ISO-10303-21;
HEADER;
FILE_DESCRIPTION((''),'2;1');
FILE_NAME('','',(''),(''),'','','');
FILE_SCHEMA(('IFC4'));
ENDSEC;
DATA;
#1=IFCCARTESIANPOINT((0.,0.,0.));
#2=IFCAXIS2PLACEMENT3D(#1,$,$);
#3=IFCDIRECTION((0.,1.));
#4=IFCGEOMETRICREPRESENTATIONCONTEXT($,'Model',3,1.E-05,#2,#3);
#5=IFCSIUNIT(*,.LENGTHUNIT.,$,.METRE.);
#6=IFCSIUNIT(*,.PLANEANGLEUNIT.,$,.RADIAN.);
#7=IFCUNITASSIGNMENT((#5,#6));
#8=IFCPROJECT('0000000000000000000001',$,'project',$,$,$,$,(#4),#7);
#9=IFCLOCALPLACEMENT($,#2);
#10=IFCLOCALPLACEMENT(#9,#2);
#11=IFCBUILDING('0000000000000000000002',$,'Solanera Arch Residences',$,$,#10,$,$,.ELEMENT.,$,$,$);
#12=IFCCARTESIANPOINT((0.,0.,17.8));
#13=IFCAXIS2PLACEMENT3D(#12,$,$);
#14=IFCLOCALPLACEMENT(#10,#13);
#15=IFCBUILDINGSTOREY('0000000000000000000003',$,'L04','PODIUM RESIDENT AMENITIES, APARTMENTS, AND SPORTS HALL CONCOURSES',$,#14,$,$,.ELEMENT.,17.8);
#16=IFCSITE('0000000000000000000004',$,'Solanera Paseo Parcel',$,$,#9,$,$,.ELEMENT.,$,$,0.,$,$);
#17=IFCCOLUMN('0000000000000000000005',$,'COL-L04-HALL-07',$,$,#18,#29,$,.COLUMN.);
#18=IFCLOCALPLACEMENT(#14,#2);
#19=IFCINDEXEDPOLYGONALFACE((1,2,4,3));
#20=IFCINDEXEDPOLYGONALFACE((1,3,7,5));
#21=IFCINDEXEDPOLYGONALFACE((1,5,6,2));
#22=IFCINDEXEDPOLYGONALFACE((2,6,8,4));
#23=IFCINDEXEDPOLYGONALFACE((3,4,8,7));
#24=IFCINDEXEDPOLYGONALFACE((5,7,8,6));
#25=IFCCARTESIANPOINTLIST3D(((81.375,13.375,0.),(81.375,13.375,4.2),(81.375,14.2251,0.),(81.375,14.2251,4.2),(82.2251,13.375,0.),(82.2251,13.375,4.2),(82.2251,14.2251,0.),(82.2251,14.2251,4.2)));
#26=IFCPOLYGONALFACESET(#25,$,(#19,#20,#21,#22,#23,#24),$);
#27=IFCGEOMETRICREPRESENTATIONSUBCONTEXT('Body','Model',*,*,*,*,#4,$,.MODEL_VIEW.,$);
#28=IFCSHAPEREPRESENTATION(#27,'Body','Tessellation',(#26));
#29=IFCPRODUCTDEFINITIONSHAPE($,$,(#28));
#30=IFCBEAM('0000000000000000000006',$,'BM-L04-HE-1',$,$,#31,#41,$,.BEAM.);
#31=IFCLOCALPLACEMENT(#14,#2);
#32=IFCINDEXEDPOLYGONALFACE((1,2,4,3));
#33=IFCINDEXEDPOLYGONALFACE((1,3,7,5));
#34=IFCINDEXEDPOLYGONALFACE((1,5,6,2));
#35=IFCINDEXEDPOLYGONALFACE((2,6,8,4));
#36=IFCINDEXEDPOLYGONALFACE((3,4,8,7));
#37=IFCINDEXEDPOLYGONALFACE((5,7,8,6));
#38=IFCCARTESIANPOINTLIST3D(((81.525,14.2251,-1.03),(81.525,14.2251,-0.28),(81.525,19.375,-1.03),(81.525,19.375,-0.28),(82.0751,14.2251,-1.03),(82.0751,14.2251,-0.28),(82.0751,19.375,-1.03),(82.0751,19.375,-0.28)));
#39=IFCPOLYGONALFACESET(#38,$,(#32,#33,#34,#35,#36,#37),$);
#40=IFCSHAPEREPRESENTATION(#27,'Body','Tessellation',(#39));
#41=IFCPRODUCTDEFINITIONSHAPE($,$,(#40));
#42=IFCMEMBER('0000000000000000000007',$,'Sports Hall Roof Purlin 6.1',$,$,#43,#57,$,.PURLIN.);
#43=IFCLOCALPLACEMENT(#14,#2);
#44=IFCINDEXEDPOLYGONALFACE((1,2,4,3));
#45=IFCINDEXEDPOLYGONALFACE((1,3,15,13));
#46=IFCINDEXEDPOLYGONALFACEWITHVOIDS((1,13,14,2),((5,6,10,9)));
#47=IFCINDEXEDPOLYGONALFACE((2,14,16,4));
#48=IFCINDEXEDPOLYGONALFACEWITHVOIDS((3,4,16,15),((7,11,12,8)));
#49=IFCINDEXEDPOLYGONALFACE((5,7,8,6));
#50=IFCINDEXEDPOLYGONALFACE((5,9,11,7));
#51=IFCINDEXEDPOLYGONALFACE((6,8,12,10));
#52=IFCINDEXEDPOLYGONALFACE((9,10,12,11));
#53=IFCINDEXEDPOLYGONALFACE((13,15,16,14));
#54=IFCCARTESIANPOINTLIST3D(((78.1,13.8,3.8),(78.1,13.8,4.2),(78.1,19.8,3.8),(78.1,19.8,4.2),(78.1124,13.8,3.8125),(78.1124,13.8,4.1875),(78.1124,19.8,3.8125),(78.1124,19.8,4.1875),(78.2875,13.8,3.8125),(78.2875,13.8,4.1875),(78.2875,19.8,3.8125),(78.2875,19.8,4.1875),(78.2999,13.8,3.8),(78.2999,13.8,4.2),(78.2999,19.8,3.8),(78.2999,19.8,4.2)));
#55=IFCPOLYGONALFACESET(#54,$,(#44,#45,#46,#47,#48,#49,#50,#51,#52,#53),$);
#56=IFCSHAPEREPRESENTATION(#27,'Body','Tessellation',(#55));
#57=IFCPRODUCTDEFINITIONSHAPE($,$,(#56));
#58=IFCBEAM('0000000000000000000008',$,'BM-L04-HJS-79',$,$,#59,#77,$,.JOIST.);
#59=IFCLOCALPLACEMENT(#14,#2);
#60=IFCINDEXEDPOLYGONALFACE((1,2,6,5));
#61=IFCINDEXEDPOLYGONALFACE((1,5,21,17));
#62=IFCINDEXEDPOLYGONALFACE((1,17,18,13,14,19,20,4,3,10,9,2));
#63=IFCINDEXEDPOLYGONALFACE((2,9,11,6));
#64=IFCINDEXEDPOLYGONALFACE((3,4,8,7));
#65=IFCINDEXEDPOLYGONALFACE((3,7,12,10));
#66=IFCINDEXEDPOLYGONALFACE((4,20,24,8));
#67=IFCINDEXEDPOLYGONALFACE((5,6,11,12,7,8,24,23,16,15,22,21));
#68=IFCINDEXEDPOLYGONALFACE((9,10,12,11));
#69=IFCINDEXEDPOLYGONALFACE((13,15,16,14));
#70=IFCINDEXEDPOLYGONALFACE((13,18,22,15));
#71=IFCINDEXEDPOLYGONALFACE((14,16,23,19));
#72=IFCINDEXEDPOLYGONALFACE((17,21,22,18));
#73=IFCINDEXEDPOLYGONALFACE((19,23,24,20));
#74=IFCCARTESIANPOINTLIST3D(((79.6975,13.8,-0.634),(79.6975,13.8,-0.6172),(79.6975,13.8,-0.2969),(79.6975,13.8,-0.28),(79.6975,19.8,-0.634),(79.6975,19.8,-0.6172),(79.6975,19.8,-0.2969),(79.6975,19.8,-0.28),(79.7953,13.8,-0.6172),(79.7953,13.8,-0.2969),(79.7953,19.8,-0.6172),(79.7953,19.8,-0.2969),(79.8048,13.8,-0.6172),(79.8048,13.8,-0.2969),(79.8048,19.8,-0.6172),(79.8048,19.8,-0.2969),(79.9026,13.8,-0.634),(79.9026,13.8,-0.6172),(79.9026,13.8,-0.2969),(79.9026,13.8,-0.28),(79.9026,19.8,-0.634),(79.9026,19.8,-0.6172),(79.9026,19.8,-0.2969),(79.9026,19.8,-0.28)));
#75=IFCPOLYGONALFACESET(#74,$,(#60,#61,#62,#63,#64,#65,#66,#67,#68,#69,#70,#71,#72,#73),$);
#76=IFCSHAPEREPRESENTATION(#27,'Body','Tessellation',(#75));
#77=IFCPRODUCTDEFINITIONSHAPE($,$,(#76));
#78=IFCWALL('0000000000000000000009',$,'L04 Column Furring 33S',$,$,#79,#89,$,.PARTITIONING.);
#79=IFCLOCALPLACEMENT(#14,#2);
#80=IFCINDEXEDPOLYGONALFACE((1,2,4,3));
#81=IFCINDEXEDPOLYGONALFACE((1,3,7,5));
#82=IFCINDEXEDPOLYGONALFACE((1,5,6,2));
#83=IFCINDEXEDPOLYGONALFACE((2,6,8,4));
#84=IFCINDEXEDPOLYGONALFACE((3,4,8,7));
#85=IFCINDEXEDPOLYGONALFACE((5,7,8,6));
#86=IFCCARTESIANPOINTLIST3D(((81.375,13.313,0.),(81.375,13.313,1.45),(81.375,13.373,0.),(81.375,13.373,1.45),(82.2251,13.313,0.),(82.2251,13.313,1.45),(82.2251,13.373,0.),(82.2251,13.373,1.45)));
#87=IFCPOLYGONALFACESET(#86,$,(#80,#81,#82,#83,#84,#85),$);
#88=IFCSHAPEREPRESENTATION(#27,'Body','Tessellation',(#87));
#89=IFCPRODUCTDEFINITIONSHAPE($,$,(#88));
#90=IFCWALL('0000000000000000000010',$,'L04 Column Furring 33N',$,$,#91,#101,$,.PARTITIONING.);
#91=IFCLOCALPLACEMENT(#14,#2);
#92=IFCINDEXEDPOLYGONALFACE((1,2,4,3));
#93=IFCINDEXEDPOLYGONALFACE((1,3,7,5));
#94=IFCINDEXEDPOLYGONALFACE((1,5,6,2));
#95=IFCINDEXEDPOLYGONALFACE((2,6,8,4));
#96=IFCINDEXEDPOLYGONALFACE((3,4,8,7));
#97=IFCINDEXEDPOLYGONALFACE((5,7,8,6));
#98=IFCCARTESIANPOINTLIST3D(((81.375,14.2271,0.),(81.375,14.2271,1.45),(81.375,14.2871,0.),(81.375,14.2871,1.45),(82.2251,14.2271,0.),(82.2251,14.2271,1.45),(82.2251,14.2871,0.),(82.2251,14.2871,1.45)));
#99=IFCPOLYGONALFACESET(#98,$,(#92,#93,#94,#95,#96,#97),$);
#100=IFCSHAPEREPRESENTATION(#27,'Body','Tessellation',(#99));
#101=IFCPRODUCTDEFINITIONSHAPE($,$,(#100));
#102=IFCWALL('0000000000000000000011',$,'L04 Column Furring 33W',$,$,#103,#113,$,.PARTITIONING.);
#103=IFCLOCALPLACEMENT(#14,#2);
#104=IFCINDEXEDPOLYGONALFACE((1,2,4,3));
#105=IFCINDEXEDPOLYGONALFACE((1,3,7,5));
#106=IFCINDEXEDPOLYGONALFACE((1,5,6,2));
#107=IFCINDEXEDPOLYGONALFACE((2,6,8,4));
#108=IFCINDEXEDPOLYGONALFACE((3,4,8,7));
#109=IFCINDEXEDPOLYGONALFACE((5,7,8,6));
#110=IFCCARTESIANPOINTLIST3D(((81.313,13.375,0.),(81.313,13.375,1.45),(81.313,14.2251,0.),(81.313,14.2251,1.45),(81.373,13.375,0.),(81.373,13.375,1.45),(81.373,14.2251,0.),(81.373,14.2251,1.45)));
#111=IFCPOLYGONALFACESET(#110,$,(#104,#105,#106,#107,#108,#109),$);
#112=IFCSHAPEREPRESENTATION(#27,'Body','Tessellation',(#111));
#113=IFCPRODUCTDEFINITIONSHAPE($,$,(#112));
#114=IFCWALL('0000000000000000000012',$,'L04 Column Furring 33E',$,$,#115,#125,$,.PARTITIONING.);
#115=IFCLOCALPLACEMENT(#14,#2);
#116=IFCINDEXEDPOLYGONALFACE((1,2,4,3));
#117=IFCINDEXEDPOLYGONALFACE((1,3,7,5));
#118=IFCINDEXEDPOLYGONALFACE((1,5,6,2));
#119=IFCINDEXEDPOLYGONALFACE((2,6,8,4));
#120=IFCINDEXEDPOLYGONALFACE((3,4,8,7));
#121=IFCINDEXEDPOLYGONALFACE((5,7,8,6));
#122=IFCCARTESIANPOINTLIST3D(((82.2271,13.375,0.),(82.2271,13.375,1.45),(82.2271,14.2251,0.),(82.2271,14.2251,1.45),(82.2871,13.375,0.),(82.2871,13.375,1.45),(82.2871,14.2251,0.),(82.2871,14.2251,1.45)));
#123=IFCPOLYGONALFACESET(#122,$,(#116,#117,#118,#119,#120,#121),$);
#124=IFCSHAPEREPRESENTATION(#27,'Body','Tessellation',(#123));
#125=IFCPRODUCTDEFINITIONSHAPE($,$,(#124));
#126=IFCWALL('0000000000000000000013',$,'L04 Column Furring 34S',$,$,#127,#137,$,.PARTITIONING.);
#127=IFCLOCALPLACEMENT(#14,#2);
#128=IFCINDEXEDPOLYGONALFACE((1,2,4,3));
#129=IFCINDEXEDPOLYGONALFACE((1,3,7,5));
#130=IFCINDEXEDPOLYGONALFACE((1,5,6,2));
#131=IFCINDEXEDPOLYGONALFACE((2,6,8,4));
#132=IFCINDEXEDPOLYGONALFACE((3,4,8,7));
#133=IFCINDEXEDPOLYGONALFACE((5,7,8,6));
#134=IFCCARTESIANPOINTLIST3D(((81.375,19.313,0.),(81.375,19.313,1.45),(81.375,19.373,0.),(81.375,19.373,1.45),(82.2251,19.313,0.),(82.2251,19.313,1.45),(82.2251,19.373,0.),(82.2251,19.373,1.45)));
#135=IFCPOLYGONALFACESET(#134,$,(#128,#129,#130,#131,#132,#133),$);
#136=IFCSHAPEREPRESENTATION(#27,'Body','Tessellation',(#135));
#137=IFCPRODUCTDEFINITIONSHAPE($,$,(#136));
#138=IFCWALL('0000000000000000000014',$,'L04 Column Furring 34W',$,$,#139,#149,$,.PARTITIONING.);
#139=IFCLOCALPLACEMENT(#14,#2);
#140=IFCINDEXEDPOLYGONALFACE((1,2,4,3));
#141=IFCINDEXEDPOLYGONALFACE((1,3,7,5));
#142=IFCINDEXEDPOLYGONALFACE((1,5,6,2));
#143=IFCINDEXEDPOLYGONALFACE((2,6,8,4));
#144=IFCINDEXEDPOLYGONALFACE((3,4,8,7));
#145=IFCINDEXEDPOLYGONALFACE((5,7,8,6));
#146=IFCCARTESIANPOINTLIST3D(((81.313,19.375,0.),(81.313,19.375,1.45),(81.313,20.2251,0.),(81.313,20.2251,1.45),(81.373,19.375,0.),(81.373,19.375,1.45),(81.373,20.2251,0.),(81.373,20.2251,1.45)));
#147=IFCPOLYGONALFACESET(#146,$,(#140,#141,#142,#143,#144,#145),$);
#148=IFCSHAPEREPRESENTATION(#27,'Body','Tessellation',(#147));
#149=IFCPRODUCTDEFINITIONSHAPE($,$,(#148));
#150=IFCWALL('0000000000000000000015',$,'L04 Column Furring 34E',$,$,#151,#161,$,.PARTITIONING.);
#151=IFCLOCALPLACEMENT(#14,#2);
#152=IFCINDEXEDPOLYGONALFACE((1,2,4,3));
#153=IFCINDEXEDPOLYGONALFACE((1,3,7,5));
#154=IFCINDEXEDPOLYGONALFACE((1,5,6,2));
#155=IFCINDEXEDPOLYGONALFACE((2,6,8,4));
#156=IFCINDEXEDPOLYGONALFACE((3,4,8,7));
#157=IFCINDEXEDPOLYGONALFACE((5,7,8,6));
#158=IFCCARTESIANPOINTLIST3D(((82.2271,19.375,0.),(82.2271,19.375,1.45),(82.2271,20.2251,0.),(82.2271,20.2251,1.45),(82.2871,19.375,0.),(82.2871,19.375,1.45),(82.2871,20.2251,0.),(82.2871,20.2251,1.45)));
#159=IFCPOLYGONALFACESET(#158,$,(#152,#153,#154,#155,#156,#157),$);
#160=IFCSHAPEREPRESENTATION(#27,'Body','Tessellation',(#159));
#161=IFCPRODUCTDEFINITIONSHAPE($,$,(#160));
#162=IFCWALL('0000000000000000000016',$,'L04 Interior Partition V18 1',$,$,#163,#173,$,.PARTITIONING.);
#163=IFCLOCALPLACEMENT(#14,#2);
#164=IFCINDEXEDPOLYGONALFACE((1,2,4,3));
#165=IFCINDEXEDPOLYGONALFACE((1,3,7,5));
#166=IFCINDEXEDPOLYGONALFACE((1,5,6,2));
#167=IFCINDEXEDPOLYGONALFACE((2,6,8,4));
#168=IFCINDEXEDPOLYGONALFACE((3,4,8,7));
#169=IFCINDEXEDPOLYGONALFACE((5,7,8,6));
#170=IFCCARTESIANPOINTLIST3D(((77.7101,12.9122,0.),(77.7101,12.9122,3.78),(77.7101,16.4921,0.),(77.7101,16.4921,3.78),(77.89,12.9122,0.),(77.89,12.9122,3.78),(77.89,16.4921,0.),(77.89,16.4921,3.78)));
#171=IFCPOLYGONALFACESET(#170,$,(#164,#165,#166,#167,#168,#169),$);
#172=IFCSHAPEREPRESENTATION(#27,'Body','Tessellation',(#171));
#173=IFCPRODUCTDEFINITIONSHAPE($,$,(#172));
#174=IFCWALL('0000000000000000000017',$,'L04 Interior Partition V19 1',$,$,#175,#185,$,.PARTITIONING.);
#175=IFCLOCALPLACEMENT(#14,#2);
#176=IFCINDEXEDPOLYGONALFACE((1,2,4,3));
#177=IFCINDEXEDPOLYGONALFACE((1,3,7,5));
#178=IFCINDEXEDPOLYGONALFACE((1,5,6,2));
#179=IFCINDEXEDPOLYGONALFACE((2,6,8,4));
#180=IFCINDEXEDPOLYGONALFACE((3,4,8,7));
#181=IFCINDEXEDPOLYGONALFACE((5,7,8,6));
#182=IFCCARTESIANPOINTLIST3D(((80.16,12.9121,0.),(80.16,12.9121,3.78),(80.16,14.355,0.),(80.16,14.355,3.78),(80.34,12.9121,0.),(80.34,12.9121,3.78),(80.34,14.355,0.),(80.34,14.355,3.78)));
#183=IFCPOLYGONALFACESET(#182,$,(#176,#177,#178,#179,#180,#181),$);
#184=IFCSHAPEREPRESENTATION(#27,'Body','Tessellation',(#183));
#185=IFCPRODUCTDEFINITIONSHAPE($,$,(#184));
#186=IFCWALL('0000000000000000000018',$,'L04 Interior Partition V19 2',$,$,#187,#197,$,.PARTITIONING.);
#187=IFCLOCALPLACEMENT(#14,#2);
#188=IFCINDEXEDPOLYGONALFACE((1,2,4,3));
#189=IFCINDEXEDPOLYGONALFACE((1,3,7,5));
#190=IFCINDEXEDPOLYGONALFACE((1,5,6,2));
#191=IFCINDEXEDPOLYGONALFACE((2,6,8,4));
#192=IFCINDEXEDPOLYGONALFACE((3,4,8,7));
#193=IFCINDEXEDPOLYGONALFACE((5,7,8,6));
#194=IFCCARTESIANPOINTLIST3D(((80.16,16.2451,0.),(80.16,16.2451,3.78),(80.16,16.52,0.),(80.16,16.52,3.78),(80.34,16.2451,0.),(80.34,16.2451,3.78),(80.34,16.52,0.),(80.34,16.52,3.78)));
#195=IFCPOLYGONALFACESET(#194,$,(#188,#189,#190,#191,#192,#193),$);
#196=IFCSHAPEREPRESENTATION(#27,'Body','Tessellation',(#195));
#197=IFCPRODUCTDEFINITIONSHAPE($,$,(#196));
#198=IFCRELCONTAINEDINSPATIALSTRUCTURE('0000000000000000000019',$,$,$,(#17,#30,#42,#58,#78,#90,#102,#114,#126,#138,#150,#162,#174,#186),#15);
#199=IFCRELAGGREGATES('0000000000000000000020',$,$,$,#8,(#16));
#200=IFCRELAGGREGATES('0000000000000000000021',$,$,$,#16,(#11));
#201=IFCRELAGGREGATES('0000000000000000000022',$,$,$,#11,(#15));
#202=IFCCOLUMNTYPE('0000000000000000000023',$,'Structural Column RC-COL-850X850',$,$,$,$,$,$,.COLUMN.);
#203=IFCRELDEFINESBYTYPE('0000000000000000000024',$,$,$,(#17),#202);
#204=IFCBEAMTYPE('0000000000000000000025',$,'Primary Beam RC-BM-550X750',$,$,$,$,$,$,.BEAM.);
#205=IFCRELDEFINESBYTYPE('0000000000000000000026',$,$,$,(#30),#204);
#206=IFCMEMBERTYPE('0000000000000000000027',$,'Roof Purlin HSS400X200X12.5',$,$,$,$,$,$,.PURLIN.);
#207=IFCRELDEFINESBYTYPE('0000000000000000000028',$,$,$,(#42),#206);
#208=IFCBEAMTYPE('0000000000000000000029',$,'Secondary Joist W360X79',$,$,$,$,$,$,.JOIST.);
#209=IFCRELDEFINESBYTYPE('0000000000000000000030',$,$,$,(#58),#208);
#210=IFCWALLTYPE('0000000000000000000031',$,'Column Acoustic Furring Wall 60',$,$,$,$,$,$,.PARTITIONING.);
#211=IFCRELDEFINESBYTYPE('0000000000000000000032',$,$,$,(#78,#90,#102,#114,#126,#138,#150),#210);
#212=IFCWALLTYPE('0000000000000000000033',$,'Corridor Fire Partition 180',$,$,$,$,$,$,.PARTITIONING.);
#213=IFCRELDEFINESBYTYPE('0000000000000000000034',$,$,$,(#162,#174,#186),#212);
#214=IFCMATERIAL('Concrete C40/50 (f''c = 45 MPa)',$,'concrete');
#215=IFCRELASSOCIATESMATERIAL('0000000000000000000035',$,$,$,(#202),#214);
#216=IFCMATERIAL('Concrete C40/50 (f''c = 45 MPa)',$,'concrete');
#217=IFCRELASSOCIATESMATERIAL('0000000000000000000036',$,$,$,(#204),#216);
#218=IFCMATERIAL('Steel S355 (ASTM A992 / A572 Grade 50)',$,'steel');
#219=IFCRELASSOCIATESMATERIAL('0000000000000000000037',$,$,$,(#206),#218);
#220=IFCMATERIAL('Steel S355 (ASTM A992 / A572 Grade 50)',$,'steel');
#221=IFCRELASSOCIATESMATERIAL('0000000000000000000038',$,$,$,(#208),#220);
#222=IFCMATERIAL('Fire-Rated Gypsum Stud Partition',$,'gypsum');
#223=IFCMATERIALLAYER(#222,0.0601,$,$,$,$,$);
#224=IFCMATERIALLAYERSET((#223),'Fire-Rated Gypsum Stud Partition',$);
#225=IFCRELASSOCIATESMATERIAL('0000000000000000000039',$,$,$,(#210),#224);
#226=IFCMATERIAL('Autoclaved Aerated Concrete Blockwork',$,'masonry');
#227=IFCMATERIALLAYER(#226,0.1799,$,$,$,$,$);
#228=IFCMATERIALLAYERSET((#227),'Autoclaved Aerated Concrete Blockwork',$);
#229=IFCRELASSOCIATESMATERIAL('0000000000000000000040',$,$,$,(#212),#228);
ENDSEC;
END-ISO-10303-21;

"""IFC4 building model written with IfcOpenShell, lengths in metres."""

from ifc_helpers import new_model, si_unit, direction, frame, frame_2d, origin, origin_2d, place, context, subcontext, project, spatial, rectangle, hollow_rectangle, i_section, extrude, material, layer, layer_set, material_profile, profile_set, type_object, element, save


model = new_model("IFC4")

# Units and contexts
model_context = context("Model", 3, precision=1e-05, world=origin(), true_north=direction((0.0, 1.0)))
body_context = subcontext(model_context, "Body", "Model", "MODEL_VIEW")
ifc_project = project(units=[si_unit("LENGTHUNIT", "METRE"), si_unit("PLANEANGLEUNIT", "RADIAN")], contexts=[model_context])

# Site, building, storey
site_placement = place(None, origin())
site = spatial("IfcSite", under=ifc_project, at=site_placement, Name="Solanera Paseo Parcel", CompositionType="ELEMENT", RefElevation=0.0)
building_placement = place(site_placement, origin())
building = spatial("IfcBuilding", under=site, at=building_placement, Name="Solanera Arch Residences", CompositionType="ELEMENT")
storey_placement = place(building_placement, frame((0.0, 0.0, 17.8)))
storey = spatial("IfcBuildingStorey", under=building, at=storey_placement, Name="L04", Description="PODIUM RESIDENT AMENITIES, APARTMENTS, AND SPORTS HALL CONCOURSES", CompositionType="ELEMENT", Elevation=17.8)

# Column
ifc_material_1 = material(Name="Concrete C40/50 (f'c = 45 MPa)", Category="concrete")
ifc_material_profile_1 = material_profile(ifc_material_1, rectangle(XDim=0.8501, YDim=0.8501, at=origin_2d()))
ifc_profile_set_1 = profile_set([ifc_material_profile_1], Name="Concrete C40/50 (f'c = 45 MPa)")
column_type = type_object("IfcColumnType", Name="Structural Column RC-COL-850X850", PredefinedType="COLUMN", material=ifc_profile_set_1)
column_placement = place(storey_placement, frame((81.8, 13.8, 0.0), z_axis=(0.0, 0.0, 1.0), x_axis=(1.0, 0.0, 0.0)))
element("IfcColumn", 1, at=column_placement, inside=storey, type_object=column_type, Name="COL-L04-HALL-07", PredefinedType="COLUMN", context=body_context, shape_type="SweptSolid", body=[
    extrude(rectangle(XDim=0.8501, YDim=0.8501, at=origin_2d()), origin(), (0.0, 0.0, 1.0), 4.2),
])

# Beam
ifc_material_2 = material(Name="Concrete C40/50 (f'c = 45 MPa)", Category="concrete")
ifc_material_profile_2 = material_profile(ifc_material_2, rectangle(XDim=0.55, YDim=0.75, at=origin_2d()))
ifc_profile_set_2 = profile_set([ifc_material_profile_2], Name="Concrete C40/50 (f'c = 45 MPa)")
beam_type_1 = type_object("IfcBeamType", Name="Primary Beam RC-BM-550X750", PredefinedType="BEAM", material=ifc_profile_set_2)
beam_1_placement = place(storey_placement, frame((81.8, 14.2251, -0.655), z_axis=(0.0, 1.0, 0.0), x_axis=(-1.0, 0.0, 0.0)))
element("IfcBeam", 2, at=beam_1_placement, inside=storey, type_object=beam_type_1, Name="BM-L04-HE-1", PredefinedType="BEAM", context=body_context, shape_type="SweptSolid", body=[
    extrude(rectangle(XDim=0.55, YDim=0.75, at=origin_2d()), origin(), (0.0, 0.0, 1.0), 5.1499),
])

# Member
ifc_material_3 = material(Name="Steel S355 (ASTM A992 / A572 Grade 50)", Category="steel")
ifc_material_profile_3 = material_profile(ifc_material_3, hollow_rectangle(XDim=0.2, YDim=0.3999, WallThickness=0.0125, at=origin_2d()))
ifc_profile_set_3 = profile_set([ifc_material_profile_3], Name="Steel S355 (ASTM A992 / A572 Grade 50)")
member_type = type_object("IfcMemberType", Name="Roof Purlin HSS400X200X12.5", PredefinedType="PURLIN", material=ifc_profile_set_3)
member_placement = place(storey_placement, frame((78.2, 13.8, 4.0), z_axis=(0.0, 1.0, 0.0), x_axis=(-1.0, 0.0, 0.0)))
element("IfcMember", 3, at=member_placement, inside=storey, type_object=member_type, Name="Sports Hall Roof Purlin 6.1", PredefinedType="PURLIN", context=body_context, shape_type="SweptSolid", body=[
    extrude(hollow_rectangle(XDim=0.2, YDim=0.3999, WallThickness=0.0125, at=origin_2d()), origin(), (0.0, 0.0, 1.0), 6.0),
])

# Beam
ifc_material_4 = material(Name="Steel S355 (ASTM A992 / A572 Grade 50)", Category="steel")
ifc_material_profile_4 = material_profile(ifc_material_4, i_section(OverallWidth=0.2051, OverallDepth=0.354, WebThickness=0.0095, FlangeThickness=0.0168, at=origin_2d()))
ifc_profile_set_4 = profile_set([ifc_material_profile_4], Name="Steel S355 (ASTM A992 / A572 Grade 50)")
beam_type_2 = type_object("IfcBeamType", Name="Secondary Joist W360X79", PredefinedType="JOIST", material=ifc_profile_set_4)
beam_2_placement = place(storey_placement, frame((79.8, 13.8, -0.457), z_axis=(0.0, 1.0, 0.0), x_axis=(-1.0, 0.0, 0.0)))
element("IfcBeam", 4, at=beam_2_placement, inside=storey, type_object=beam_type_2, Name="BM-L04-HJS-79", PredefinedType="JOIST", context=body_context, shape_type="SweptSolid", body=[
    extrude(i_section(OverallWidth=0.2051, OverallDepth=0.354, WebThickness=0.0095, FlangeThickness=0.0168, at=origin_2d()), origin(), (0.0, 0.0, 1.0), 6.0),
])

# Walls
ifc_material_5 = material(Name="Fire-Rated Gypsum Stud Partition", Category="gypsum")
ifc_layer_1 = layer(ifc_material_5, 0.0601)
ifc_layer_set_1 = layer_set([ifc_layer_1], Name="Fire-Rated Gypsum Stud Partition")
wall_type_1 = type_object("IfcWallType", Name="Column Acoustic Furring Wall 60", PredefinedType="PARTITIONING", material=ifc_layer_set_1)
for number, where, z_axis, x_axis, name in (
    (5, (81.375, 13.343, 0.0), (0.0, 0.0, 1.0), (1.0, 0.0, 0.0), "L04 Column Furring 33S"),
    (6, (81.375, 14.2571, 0.0), (0.0, 0.0, 1.0), (1.0, 0.0, 0.0), "L04 Column Furring 33N"),
    (7, (81.343, 13.375, 0.0), (0.0, 0.0, 1.0), (0.0, 1.0, 0.0), "L04 Column Furring 33W"),
    (8, (82.2571, 13.375, 0.0), (0.0, 0.0, 1.0), (0.0, 1.0, 0.0), "L04 Column Furring 33E"),
    (9, (81.375, 19.343, 0.0), (0.0, 0.0, 1.0), (1.0, 0.0, 0.0), "L04 Column Furring 34S"),
    (10, (81.343, 19.375, 0.0), (0.0, 0.0, 1.0), (0.0, 1.0, 0.0), "L04 Column Furring 34W"),
    (11, (82.2571, 19.375, 0.0), (0.0, 0.0, 1.0), (0.0, 1.0, 0.0), "L04 Column Furring 34E"),
):
    element("IfcWall", number, at=place(storey_placement, frame(where, z_axis=z_axis, x_axis=x_axis)), inside=storey, type_object=wall_type_1, Name=name, PredefinedType="PARTITIONING", context=body_context, shape_type="SweptSolid", body=[
        extrude(rectangle(XDim=0.8501, YDim=0.0601, at=frame_2d((0.425, 0.0))), origin(), (0.0, 0.0, 1.0), 1.45),
    ])
ifc_material_6 = material(Name="Autoclaved Aerated Concrete Blockwork", Category="masonry")
ifc_layer_2 = layer(ifc_material_6, 0.1799)
ifc_layer_set_2 = layer_set([ifc_layer_2], Name="Autoclaved Aerated Concrete Blockwork")
wall_type_2 = type_object("IfcWallType", Name="Corridor Fire Partition 180", PredefinedType="PARTITIONING", material=ifc_layer_set_2)
wall_1_placement = place(storey_placement, frame((77.8, 12.9121, 0.0), z_axis=(0.0, 0.0, 1.0), x_axis=(0.0, 1.0, 0.0)))
element("IfcWall", 12, at=wall_1_placement, inside=storey, type_object=wall_type_2, Name="L04 Interior Partition V18 1", PredefinedType="PARTITIONING", context=body_context, shape_type="SweptSolid", body=[
    extrude(rectangle(XDim=3.5798, YDim=0.1799, at=frame_2d((1.79, 0.0))), origin(), (0.0, 0.0, 1.0), 3.78),
])

# Walls
wall_2_placement = place(storey_placement, frame((80.25, 12.9121, 0.0), z_axis=(0.0, 0.0, 1.0), x_axis=(0.0, 1.0, 0.0)))
element("IfcWall", 13, at=wall_2_placement, inside=storey, type_object=wall_type_2, Name="L04 Interior Partition V19 1", PredefinedType="PARTITIONING", context=body_context, shape_type="SweptSolid", body=[
    extrude(rectangle(XDim=1.4429, YDim=0.1799, at=frame_2d((0.7214, 0.0))), origin(), (0.0, 0.0, 1.0), 3.78),
])
wall_3_placement = place(storey_placement, frame((80.25, 16.2451, 0.0), z_axis=(0.0, 0.0, 1.0), x_axis=(0.0, 1.0, 0.0)))
element("IfcWall", 14, at=wall_3_placement, inside=storey, type_object=wall_type_2, Name="L04 Interior Partition V19 2", PredefinedType="PARTITIONING", context=body_context, shape_type="SweptSolid", body=[
    extrude(rectangle(XDim=0.2749, YDim=0.1799, at=frame_2d((0.1375, 0.0))), origin(), (0.0, 0.0, 1.0), 3.78),
])

save(model, "model.ifc")
